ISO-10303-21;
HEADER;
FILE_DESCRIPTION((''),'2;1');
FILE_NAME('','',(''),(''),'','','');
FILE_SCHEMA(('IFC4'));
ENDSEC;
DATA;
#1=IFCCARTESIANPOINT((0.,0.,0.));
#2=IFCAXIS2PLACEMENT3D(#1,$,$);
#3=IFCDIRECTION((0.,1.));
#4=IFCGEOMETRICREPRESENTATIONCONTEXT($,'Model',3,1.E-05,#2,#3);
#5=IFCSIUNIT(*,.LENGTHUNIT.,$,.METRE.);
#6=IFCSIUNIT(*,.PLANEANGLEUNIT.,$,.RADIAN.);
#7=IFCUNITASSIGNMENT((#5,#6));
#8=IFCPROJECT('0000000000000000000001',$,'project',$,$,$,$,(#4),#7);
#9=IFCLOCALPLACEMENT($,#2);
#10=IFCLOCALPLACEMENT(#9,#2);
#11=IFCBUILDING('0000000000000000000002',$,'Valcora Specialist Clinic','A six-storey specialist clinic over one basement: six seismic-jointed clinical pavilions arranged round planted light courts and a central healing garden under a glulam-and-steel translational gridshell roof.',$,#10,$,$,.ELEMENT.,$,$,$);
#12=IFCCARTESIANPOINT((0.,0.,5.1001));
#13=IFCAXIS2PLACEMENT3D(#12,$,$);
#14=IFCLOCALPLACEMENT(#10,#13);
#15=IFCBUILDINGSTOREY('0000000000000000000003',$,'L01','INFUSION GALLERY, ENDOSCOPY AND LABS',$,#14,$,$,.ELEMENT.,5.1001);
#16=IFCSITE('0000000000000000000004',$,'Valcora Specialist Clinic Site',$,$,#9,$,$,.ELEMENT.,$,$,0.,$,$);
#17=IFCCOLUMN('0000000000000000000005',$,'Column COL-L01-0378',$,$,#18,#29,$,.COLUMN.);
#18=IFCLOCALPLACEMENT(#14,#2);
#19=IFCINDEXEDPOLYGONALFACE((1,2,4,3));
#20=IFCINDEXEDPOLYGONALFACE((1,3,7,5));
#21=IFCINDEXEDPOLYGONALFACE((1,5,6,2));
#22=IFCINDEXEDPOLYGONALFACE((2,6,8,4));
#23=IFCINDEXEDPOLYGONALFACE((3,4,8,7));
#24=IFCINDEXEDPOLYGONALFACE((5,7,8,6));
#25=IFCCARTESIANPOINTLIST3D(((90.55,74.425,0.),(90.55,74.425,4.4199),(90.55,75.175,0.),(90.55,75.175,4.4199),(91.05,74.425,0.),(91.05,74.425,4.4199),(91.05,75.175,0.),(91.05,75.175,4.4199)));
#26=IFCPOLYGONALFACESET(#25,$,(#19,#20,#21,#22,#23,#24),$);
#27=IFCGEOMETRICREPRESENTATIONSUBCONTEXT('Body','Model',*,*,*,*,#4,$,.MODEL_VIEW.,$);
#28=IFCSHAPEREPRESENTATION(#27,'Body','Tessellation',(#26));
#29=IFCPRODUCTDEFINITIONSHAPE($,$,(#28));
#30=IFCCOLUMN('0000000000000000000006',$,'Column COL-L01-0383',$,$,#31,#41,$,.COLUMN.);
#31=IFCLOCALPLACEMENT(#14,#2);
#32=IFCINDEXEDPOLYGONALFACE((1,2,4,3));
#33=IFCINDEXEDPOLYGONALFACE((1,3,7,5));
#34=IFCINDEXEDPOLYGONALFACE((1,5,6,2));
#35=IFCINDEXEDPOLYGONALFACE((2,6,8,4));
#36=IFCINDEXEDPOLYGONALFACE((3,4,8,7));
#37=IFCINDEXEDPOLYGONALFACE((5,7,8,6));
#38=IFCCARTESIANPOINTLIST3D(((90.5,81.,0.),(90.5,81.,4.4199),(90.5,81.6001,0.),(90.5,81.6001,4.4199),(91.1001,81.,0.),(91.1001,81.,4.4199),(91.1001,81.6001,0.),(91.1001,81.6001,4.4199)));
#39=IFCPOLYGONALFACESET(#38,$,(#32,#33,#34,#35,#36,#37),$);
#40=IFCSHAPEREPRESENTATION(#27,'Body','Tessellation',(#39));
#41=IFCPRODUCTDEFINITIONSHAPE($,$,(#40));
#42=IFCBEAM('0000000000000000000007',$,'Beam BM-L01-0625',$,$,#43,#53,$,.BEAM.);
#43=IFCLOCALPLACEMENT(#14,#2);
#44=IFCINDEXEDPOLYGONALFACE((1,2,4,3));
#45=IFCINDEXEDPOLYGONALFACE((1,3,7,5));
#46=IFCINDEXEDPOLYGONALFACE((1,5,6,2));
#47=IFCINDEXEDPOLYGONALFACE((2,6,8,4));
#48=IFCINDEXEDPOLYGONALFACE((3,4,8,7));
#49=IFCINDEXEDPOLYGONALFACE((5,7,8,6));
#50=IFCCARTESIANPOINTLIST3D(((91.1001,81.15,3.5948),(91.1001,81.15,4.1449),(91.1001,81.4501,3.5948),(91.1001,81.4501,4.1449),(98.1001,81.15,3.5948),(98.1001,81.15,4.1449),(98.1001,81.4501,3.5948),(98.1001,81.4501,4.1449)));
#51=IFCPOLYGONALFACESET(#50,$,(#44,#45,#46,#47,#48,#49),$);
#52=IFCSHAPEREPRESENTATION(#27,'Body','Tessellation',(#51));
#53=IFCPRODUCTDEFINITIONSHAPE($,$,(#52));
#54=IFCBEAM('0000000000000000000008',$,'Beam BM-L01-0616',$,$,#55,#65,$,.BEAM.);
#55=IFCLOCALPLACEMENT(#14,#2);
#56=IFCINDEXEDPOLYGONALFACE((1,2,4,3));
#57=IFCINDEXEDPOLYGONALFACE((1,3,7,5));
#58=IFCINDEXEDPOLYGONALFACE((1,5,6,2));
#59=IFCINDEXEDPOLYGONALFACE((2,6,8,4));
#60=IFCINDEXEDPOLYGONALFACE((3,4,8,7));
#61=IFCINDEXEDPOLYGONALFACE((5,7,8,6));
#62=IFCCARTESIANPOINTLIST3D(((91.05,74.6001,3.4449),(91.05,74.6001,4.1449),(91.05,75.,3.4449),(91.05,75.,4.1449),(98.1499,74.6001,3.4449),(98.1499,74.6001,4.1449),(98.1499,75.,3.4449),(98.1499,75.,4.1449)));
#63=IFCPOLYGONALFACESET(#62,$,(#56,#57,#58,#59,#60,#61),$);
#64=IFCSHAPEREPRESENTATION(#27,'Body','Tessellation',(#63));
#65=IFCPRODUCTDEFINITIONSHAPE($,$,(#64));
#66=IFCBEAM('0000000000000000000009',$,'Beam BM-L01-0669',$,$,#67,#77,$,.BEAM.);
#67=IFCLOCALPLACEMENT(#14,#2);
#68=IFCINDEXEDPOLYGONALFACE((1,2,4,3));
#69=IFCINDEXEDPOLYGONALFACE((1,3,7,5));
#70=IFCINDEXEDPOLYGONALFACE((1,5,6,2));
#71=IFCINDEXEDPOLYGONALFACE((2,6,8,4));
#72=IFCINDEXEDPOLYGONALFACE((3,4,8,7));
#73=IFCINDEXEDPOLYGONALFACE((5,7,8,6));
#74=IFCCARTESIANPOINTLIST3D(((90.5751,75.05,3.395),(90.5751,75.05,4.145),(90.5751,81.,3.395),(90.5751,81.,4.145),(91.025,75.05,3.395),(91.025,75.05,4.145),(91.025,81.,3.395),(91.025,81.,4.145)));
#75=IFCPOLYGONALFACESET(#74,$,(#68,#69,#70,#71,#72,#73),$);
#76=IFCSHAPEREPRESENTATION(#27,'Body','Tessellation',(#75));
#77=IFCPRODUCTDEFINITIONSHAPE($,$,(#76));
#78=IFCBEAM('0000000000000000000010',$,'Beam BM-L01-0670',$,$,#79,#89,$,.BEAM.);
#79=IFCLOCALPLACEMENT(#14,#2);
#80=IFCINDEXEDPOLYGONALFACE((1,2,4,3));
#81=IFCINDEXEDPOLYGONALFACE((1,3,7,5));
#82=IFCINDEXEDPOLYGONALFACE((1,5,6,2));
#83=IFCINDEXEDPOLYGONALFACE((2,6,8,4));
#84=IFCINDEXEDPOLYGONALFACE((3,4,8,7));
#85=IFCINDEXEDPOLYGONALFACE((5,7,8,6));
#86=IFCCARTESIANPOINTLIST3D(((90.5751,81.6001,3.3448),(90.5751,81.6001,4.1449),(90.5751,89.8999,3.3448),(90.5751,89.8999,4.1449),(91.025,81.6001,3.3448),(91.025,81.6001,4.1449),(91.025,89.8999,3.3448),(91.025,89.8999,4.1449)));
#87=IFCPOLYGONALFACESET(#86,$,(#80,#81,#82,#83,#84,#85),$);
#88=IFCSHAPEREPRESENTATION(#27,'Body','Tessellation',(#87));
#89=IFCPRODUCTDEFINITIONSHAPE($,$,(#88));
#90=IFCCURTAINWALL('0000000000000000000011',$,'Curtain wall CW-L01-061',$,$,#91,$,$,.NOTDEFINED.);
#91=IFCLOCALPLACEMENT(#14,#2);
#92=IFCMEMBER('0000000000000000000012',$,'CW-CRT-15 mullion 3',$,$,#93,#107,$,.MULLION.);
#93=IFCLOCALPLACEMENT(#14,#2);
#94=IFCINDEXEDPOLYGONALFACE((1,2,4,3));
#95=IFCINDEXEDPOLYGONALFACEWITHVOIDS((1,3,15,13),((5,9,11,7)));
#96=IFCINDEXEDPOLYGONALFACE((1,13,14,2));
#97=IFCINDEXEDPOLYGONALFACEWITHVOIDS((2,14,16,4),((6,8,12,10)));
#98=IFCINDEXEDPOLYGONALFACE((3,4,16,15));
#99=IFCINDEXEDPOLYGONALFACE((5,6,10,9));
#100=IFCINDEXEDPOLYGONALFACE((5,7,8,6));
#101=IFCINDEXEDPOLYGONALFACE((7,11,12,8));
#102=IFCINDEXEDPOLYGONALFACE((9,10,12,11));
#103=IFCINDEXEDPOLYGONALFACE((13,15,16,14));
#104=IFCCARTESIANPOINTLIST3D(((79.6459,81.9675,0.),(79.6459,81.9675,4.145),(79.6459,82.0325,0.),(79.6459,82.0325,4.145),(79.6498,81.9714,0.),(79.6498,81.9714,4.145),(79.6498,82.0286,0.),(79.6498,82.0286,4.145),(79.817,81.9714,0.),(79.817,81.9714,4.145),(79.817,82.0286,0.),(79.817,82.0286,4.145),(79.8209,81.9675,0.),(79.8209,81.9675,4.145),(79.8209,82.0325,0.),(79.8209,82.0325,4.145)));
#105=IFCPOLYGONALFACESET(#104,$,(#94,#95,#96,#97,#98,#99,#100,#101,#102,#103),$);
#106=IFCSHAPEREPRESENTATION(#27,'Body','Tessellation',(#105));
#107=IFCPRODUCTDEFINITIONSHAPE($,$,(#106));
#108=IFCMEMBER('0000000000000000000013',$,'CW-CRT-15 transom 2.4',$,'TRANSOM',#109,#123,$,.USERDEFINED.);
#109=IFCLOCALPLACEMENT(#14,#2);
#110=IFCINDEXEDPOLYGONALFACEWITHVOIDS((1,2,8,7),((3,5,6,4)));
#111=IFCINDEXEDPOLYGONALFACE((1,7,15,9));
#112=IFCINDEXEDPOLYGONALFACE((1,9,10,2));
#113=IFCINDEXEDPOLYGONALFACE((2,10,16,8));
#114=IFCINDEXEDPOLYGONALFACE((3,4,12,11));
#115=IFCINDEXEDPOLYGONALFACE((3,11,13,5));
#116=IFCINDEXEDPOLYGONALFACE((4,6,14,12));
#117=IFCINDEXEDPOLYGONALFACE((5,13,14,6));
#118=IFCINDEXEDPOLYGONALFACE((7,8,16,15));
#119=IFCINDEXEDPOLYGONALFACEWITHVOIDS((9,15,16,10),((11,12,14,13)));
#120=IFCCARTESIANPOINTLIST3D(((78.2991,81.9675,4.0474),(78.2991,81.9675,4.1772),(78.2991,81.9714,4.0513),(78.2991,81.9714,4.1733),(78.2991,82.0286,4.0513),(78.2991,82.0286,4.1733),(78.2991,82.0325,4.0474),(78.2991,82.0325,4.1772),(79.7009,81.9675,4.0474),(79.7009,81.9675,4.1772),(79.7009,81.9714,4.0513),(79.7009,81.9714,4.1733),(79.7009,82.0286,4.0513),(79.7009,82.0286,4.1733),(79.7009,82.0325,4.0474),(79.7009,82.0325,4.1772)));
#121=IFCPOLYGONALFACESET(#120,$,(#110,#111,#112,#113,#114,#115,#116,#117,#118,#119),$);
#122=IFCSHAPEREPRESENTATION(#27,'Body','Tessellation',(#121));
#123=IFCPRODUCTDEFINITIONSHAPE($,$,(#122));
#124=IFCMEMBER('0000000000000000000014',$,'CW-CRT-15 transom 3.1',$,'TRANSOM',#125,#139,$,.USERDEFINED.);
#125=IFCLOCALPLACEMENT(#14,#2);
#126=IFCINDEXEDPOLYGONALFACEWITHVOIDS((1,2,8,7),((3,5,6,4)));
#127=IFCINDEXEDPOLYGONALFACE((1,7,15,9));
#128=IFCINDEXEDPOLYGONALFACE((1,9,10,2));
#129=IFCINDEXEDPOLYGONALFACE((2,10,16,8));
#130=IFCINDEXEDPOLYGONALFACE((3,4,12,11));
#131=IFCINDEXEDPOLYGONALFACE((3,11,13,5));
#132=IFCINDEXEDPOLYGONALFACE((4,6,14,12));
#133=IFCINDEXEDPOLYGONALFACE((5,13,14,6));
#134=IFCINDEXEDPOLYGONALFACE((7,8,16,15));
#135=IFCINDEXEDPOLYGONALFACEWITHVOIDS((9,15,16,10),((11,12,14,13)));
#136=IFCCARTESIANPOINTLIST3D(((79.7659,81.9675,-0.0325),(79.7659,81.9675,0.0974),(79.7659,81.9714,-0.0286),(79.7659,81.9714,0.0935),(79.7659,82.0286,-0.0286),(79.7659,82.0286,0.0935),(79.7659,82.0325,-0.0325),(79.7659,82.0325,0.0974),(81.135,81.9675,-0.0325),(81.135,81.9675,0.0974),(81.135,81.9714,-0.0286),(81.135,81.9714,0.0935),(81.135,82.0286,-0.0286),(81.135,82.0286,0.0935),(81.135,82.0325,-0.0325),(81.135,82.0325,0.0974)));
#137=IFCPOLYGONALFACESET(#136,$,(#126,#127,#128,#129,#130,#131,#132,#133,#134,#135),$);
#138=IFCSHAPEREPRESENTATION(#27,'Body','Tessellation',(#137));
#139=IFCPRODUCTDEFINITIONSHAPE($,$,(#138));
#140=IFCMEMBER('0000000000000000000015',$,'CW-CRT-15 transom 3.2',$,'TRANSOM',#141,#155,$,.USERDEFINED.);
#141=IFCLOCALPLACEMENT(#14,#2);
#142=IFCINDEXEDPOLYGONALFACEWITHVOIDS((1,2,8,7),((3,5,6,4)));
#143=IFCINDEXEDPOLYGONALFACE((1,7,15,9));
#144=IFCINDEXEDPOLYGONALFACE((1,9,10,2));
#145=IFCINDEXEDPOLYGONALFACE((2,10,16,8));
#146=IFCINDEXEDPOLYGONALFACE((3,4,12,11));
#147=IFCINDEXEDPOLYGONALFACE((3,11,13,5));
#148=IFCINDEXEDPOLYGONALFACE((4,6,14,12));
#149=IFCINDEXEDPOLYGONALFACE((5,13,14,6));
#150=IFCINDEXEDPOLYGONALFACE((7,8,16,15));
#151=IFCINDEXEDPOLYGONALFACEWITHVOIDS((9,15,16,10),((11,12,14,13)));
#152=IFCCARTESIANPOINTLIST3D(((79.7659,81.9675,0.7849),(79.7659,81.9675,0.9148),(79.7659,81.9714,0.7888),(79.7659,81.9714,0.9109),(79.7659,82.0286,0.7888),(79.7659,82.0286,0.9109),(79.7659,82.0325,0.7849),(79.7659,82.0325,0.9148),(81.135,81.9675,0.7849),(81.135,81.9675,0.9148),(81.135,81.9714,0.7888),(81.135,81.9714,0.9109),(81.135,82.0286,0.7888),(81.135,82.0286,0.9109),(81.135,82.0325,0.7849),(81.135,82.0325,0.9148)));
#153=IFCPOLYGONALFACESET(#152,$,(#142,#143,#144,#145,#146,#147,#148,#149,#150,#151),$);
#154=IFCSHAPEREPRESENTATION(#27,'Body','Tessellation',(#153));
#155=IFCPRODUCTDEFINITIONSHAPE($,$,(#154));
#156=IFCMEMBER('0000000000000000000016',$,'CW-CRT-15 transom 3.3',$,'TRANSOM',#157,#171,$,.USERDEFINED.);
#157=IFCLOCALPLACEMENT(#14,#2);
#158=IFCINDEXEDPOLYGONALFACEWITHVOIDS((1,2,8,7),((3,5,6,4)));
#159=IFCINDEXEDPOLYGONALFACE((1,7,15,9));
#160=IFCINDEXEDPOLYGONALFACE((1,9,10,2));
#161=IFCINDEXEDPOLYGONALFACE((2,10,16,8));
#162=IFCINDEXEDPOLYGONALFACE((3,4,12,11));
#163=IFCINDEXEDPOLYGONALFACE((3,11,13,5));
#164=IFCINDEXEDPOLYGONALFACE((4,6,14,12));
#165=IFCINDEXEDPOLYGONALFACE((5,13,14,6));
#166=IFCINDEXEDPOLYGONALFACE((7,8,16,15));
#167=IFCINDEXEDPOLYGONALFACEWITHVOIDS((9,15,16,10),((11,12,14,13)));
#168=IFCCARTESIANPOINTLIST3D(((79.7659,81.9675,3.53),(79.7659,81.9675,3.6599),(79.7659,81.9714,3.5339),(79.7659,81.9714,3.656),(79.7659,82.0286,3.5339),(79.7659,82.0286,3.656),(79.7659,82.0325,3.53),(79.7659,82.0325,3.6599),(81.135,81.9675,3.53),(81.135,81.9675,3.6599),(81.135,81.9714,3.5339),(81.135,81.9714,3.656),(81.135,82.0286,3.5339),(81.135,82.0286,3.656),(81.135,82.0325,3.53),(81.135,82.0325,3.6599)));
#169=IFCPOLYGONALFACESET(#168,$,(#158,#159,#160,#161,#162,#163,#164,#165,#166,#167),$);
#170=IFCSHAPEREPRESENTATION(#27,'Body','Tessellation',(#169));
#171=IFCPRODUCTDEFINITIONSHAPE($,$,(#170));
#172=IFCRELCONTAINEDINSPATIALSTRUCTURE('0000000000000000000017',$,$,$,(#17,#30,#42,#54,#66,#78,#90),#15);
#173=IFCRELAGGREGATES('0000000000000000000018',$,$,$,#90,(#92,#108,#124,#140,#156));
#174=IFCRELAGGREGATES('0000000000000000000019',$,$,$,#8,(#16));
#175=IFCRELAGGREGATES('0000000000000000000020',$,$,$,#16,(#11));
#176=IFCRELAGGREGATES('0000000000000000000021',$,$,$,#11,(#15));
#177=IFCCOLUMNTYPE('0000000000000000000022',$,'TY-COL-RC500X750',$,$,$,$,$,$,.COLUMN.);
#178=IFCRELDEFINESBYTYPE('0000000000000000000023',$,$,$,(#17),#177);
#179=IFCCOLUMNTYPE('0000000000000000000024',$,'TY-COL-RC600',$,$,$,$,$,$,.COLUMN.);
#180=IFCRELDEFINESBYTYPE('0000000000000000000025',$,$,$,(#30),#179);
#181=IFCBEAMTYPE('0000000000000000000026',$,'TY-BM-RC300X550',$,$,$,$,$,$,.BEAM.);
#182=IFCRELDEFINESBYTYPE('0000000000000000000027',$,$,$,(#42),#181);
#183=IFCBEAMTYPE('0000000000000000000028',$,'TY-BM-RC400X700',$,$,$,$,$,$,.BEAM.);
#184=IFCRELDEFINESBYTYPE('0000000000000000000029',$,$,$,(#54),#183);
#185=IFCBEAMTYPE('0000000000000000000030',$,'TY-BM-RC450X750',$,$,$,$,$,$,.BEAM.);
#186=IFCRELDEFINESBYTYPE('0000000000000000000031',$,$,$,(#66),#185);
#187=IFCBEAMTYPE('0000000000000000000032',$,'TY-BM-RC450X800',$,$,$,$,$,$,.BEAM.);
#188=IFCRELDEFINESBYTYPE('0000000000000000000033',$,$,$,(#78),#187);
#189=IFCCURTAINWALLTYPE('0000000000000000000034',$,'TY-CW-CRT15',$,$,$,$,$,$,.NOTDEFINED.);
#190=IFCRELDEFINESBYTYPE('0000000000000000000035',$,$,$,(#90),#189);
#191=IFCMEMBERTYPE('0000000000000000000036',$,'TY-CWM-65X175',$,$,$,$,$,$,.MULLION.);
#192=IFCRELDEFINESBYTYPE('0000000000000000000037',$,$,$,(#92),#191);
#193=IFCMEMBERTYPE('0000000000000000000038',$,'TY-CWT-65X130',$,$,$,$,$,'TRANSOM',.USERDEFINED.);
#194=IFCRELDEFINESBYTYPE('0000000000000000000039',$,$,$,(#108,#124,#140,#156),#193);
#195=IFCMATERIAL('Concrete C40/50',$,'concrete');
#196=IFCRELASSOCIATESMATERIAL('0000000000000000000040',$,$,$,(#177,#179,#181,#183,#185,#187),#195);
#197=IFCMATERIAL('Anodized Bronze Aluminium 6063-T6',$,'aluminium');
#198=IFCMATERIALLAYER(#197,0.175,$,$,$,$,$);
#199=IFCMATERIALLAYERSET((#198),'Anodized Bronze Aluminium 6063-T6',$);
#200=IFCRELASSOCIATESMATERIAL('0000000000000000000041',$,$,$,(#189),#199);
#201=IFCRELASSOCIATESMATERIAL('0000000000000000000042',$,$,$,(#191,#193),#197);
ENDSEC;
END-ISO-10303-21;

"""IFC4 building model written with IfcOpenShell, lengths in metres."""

from ifc_helpers import new_model, si_unit, direction, frame, origin, origin_2d, place, context, subcontext, project, spatial, rectangle, hollow_rectangle, extrude, material, layer, layer_set, material_profile, profile_set, type_object, element, aggregate, save


model = new_model("IFC4")

# Units and contexts
model_context = context("Model", 3, precision=1e-05, world=origin(), true_north=direction((0.0, 1.0)))
body_context = subcontext(model_context, "Body", "Model", "MODEL_VIEW")
ifc_project = project(units=[si_unit("LENGTHUNIT", "METRE"), si_unit("PLANEANGLEUNIT", "RADIAN")], contexts=[model_context])

# Site, building, storey
site_placement = place(None, origin())
site = spatial("IfcSite", under=ifc_project, at=site_placement, Name="Valcora Specialist Clinic Site", CompositionType="ELEMENT", RefElevation=0.0)
building_placement = place(site_placement, origin())
building = spatial("IfcBuilding", under=site, at=building_placement, Name="Valcora Specialist Clinic", Description="A six-storey specialist clinic over one basement: six seismic-jointed clinical pavilions arranged round planted light courts and a central healing garden under a glulam-and-steel translational gridshell roof.", CompositionType="ELEMENT")
storey_placement = place(building_placement, frame((0.0, 0.0, 5.1001)))
storey = spatial("IfcBuildingStorey", under=building, at=storey_placement, Name="L01", Description="INFUSION GALLERY, ENDOSCOPY AND LABS", CompositionType="ELEMENT", Elevation=5.1001)

# Columns
ifc_material_1 = material(Name="Concrete C40/50", Category="concrete")
ifc_material_profile_1 = material_profile(ifc_material_1, rectangle(XDim=0.5, YDim=0.75, at=origin_2d()), Name="RC-COL-500X750")
ifc_profile_set_1 = profile_set([ifc_material_profile_1], Name="Concrete C40/50")
column_type_1 = type_object("IfcColumnType", Name="TY-COL-RC500X750", PredefinedType="COLUMN", material=ifc_profile_set_1)
column_1_placement = place(storey_placement, frame((90.8, 74.8, 0.0), z_axis=(0.0, 0.0, 1.0), x_axis=(1.0, 0.0, 0.0)))
element("IfcColumn", 1, at=column_1_placement, inside=storey, type_object=column_type_1, Name="Column COL-L01-0378", PredefinedType="COLUMN", context=body_context, shape_type="SweptSolid", body=[
    extrude(rectangle(XDim=0.5, YDim=0.75, at=origin_2d()), origin(), (0.0, 0.0, 1.0), 4.4199),
])
ifc_material_profile_2 = material_profile(ifc_material_1, rectangle(XDim=0.6001, YDim=0.6001, at=origin_2d()), Name="RC-COL-600X600")
ifc_profile_set_2 = profile_set([ifc_material_profile_2], Name="Concrete C40/50")
column_type_2 = type_object("IfcColumnType", Name="TY-COL-RC600", PredefinedType="COLUMN", material=ifc_profile_set_2)
column_2_placement = place(storey_placement, frame((90.8, 81.3, 0.0), z_axis=(0.0, 0.0, 1.0), x_axis=(1.0, 0.0, 0.0)))
element("IfcColumn", 2, at=column_2_placement, inside=storey, type_object=column_type_2, Name="Column COL-L01-0383", PredefinedType="COLUMN", context=body_context, shape_type="SweptSolid", body=[
    extrude(rectangle(XDim=0.6001, YDim=0.6001, at=origin_2d()), origin(), (0.0, 0.0, 1.0), 4.4199),
])

# Beams
ifc_material_profile_3 = material_profile(ifc_material_1, rectangle(XDim=0.3, YDim=0.55, at=origin_2d()), Name="RC-BM-300X550")
ifc_profile_set_3 = profile_set([ifc_material_profile_3], Name="Concrete C40/50")
beam_type_1 = type_object("IfcBeamType", Name="TY-BM-RC300X550", PredefinedType="BEAM", material=ifc_profile_set_3)
beam_1_placement = place(storey_placement, frame((91.1001, 81.3, 3.8699), z_axis=(1.0, 0.0, 0.0), x_axis=(0.0, 1.0, 0.0)))
element("IfcBeam", 3, at=beam_1_placement, inside=storey, type_object=beam_type_1, Name="Beam BM-L01-0625", PredefinedType="BEAM", context=body_context, shape_type="SweptSolid", body=[
    extrude(rectangle(XDim=0.3, YDim=0.55, at=origin_2d()), origin(), (0.0, 0.0, 1.0), 7.0),
])
ifc_material_profile_4 = material_profile(ifc_material_1, rectangle(XDim=0.3999, YDim=0.7, at=origin_2d()), Name="RC-BM-400X700")
ifc_profile_set_4 = profile_set([ifc_material_profile_4], Name="Concrete C40/50")
beam_type_2 = type_object("IfcBeamType", Name="TY-BM-RC400X700", PredefinedType="BEAM", material=ifc_profile_set_4)
beam_2_placement = place(storey_placement, frame((91.05, 74.8, 3.7949), z_axis=(1.0, 0.0, 0.0), x_axis=(0.0, 1.0, 0.0)))
element("IfcBeam", 4, at=beam_2_placement, inside=storey, type_object=beam_type_2, Name="Beam BM-L01-0616", PredefinedType="BEAM", context=body_context, shape_type="SweptSolid", body=[
    extrude(rectangle(XDim=0.3999, YDim=0.7, at=origin_2d()), origin(), (0.0, 0.0, 1.0), 7.0999),
])
ifc_material_profile_5 = material_profile(ifc_material_1, rectangle(XDim=0.45, YDim=0.75, at=origin_2d()), Name="RC-BM-450X750")
ifc_profile_set_5 = profile_set([ifc_material_profile_5], Name="Concrete C40/50")
beam_type_3 = type_object("IfcBeamType", Name="TY-BM-RC450X750", PredefinedType="BEAM", material=ifc_profile_set_5)
beam_3_placement = place(storey_placement, frame((90.8, 75.05, 3.77), z_axis=(0.0, 1.0, 0.0), x_axis=(-1.0, 0.0, 0.0)))
element("IfcBeam", 5, at=beam_3_placement, inside=storey, type_object=beam_type_3, Name="Beam BM-L01-0669", PredefinedType="BEAM", context=body_context, shape_type="SweptSolid", body=[
    extrude(rectangle(XDim=0.45, YDim=0.75, at=origin_2d()), origin(), (0.0, 0.0, 1.0), 5.95),
])
ifc_material_profile_6 = material_profile(ifc_material_1, rectangle(XDim=0.45, YDim=0.8, at=origin_2d()), Name="RC-BM-450X800")
ifc_profile_set_6 = profile_set([ifc_material_profile_6], Name="Concrete C40/50")
beam_type_4 = type_object("IfcBeamType", Name="TY-BM-RC450X800", PredefinedType="BEAM", material=ifc_profile_set_6)
beam_4_placement = place(storey_placement, frame((90.8, 81.6001, 3.7449), z_axis=(0.0, 1.0, 0.0), x_axis=(-1.0, 0.0, 0.0)))
element("IfcBeam", 6, at=beam_4_placement, inside=storey, type_object=beam_type_4, Name="Beam BM-L01-0670", PredefinedType="BEAM", context=body_context, shape_type="SweptSolid", body=[
    extrude(rectangle(XDim=0.45, YDim=0.8, at=origin_2d()), origin(), (0.0, 0.0, 1.0), 8.2998),
])

# Curtain wall, members
ifc_material_2 = material(Name="Anodized Bronze Aluminium 6063-T6", Category="aluminium")
ifc_layer_1 = layer(ifc_material_2, 0.175)
ifc_layer_set_1 = layer_set([ifc_layer_1], Name="Anodized Bronze Aluminium 6063-T6")
curtain_wall_type = type_object("IfcCurtainWallType", Name="TY-CW-CRT15", PredefinedType="NOTDEFINED", material=ifc_layer_set_1)
curtain_wall_placement = place(storey_placement, origin())
curtain_wall = element("IfcCurtainWall", 7, at=curtain_wall_placement, inside=storey, type_object=curtain_wall_type, Name="Curtain wall CW-L01-061", PredefinedType="NOTDEFINED")
ifc_material_profile_7 = material_profile(ifc_material_2, hollow_rectangle(XDim=0.0649, YDim=0.175, WallThickness=0.0039, at=origin_2d()), Name="AL-MUL-65X175")
ifc_profile_set_7 = profile_set([ifc_material_profile_7], Name="Anodized Bronze Aluminium 6063-T6")
member_type_1 = type_object("IfcMemberType", Name="TY-CWM-65X175", PredefinedType="MULLION", material=ifc_profile_set_7)
member_1_placement = place(storey_placement, frame((79.7334, 82.0, 0.0), z_axis=(0.0, 0.0, 1.0), x_axis=(0.0, 1.0, 0.0)))
member_1 = element("IfcMember", 8, at=member_1_placement, type_object=member_type_1, Name="CW-CRT-15 mullion 3", PredefinedType="MULLION", context=body_context, shape_type="SweptSolid", body=[
    extrude(hollow_rectangle(XDim=0.0649, YDim=0.175, WallThickness=0.0039, at=origin_2d()), origin(), (0.0, 0.0, 1.0), 4.145),
])
ifc_material_profile_8 = material_profile(ifc_material_2, hollow_rectangle(XDim=0.0649, YDim=0.1299, WallThickness=0.0039, at=origin_2d()), Name="AL-TRN-65X130")
ifc_profile_set_8 = profile_set([ifc_material_profile_8], Name="Anodized Bronze Aluminium 6063-T6")
member_type_2 = type_object("IfcMemberType", Name="TY-CWT-65X130", ElementType="TRANSOM", PredefinedType="USERDEFINED", material=ifc_profile_set_8)
member_2_placement = place(storey_placement, frame((78.2991, 82.0, 4.1123), z_axis=(1.0, 0.0, 0.0), x_axis=(0.0, 1.0, 0.0)))
member_2 = element("IfcMember", 9, at=member_2_placement, type_object=member_type_2, Name="CW-CRT-15 transom 2.4", ObjectType="TRANSOM", PredefinedType="USERDEFINED", context=body_context, shape_type="SweptSolid", body=[
    extrude(hollow_rectangle(XDim=0.0649, YDim=0.1299, WallThickness=0.0039, at=origin_2d()), origin(), (0.0, 0.0, 1.0), 1.4019),
])
member_3_placement = place(storey_placement, frame((79.7659, 82.0, 0.0325), z_axis=(1.0, 0.0, 0.0), x_axis=(0.0, 1.0, 0.0)))
member_3 = element("IfcMember", 10, at=member_3_placement, type_object=member_type_2, Name="CW-CRT-15 transom 3.1", ObjectType="TRANSOM", PredefinedType="USERDEFINED", context=body_context, shape_type="SweptSolid", body=[
    extrude(hollow_rectangle(XDim=0.0649, YDim=0.1299, WallThickness=0.0039, at=origin_2d()), origin(), (0.0, 0.0, 1.0), 1.3691),
])
member_4_placement = place(storey_placement, frame((79.7659, 82.0, 0.8499), z_axis=(1.0, 0.0, 0.0), x_axis=(0.0, 1.0, 0.0)))
member_4 = element("IfcMember", 11, at=member_4_placement, type_object=member_type_2, Name="CW-CRT-15 transom 3.2", ObjectType="TRANSOM", PredefinedType="USERDEFINED", context=body_context, shape_type="SweptSolid", body=[
    extrude(hollow_rectangle(XDim=0.0649, YDim=0.1299, WallThickness=0.0039, at=origin_2d()), origin(), (0.0, 0.0, 1.0), 1.3691),
])
member_5_placement = place(storey_placement, frame((79.7659, 82.0, 3.595), z_axis=(1.0, 0.0, 0.0), x_axis=(0.0, 1.0, 0.0)))
member_5 = element("IfcMember", 12, at=member_5_placement, type_object=member_type_2, Name="CW-CRT-15 transom 3.3", ObjectType="TRANSOM", PredefinedType="USERDEFINED", context=body_context, shape_type="SweptSolid", body=[
    extrude(hollow_rectangle(XDim=0.0649, YDim=0.1299, WallThickness=0.0039, at=origin_2d()), origin(), (0.0, 0.0, 1.0), 1.3691),
])
aggregate(curtain_wall, [member_1, member_2, member_3, member_4, member_5])

save(model, "model.ifc")
